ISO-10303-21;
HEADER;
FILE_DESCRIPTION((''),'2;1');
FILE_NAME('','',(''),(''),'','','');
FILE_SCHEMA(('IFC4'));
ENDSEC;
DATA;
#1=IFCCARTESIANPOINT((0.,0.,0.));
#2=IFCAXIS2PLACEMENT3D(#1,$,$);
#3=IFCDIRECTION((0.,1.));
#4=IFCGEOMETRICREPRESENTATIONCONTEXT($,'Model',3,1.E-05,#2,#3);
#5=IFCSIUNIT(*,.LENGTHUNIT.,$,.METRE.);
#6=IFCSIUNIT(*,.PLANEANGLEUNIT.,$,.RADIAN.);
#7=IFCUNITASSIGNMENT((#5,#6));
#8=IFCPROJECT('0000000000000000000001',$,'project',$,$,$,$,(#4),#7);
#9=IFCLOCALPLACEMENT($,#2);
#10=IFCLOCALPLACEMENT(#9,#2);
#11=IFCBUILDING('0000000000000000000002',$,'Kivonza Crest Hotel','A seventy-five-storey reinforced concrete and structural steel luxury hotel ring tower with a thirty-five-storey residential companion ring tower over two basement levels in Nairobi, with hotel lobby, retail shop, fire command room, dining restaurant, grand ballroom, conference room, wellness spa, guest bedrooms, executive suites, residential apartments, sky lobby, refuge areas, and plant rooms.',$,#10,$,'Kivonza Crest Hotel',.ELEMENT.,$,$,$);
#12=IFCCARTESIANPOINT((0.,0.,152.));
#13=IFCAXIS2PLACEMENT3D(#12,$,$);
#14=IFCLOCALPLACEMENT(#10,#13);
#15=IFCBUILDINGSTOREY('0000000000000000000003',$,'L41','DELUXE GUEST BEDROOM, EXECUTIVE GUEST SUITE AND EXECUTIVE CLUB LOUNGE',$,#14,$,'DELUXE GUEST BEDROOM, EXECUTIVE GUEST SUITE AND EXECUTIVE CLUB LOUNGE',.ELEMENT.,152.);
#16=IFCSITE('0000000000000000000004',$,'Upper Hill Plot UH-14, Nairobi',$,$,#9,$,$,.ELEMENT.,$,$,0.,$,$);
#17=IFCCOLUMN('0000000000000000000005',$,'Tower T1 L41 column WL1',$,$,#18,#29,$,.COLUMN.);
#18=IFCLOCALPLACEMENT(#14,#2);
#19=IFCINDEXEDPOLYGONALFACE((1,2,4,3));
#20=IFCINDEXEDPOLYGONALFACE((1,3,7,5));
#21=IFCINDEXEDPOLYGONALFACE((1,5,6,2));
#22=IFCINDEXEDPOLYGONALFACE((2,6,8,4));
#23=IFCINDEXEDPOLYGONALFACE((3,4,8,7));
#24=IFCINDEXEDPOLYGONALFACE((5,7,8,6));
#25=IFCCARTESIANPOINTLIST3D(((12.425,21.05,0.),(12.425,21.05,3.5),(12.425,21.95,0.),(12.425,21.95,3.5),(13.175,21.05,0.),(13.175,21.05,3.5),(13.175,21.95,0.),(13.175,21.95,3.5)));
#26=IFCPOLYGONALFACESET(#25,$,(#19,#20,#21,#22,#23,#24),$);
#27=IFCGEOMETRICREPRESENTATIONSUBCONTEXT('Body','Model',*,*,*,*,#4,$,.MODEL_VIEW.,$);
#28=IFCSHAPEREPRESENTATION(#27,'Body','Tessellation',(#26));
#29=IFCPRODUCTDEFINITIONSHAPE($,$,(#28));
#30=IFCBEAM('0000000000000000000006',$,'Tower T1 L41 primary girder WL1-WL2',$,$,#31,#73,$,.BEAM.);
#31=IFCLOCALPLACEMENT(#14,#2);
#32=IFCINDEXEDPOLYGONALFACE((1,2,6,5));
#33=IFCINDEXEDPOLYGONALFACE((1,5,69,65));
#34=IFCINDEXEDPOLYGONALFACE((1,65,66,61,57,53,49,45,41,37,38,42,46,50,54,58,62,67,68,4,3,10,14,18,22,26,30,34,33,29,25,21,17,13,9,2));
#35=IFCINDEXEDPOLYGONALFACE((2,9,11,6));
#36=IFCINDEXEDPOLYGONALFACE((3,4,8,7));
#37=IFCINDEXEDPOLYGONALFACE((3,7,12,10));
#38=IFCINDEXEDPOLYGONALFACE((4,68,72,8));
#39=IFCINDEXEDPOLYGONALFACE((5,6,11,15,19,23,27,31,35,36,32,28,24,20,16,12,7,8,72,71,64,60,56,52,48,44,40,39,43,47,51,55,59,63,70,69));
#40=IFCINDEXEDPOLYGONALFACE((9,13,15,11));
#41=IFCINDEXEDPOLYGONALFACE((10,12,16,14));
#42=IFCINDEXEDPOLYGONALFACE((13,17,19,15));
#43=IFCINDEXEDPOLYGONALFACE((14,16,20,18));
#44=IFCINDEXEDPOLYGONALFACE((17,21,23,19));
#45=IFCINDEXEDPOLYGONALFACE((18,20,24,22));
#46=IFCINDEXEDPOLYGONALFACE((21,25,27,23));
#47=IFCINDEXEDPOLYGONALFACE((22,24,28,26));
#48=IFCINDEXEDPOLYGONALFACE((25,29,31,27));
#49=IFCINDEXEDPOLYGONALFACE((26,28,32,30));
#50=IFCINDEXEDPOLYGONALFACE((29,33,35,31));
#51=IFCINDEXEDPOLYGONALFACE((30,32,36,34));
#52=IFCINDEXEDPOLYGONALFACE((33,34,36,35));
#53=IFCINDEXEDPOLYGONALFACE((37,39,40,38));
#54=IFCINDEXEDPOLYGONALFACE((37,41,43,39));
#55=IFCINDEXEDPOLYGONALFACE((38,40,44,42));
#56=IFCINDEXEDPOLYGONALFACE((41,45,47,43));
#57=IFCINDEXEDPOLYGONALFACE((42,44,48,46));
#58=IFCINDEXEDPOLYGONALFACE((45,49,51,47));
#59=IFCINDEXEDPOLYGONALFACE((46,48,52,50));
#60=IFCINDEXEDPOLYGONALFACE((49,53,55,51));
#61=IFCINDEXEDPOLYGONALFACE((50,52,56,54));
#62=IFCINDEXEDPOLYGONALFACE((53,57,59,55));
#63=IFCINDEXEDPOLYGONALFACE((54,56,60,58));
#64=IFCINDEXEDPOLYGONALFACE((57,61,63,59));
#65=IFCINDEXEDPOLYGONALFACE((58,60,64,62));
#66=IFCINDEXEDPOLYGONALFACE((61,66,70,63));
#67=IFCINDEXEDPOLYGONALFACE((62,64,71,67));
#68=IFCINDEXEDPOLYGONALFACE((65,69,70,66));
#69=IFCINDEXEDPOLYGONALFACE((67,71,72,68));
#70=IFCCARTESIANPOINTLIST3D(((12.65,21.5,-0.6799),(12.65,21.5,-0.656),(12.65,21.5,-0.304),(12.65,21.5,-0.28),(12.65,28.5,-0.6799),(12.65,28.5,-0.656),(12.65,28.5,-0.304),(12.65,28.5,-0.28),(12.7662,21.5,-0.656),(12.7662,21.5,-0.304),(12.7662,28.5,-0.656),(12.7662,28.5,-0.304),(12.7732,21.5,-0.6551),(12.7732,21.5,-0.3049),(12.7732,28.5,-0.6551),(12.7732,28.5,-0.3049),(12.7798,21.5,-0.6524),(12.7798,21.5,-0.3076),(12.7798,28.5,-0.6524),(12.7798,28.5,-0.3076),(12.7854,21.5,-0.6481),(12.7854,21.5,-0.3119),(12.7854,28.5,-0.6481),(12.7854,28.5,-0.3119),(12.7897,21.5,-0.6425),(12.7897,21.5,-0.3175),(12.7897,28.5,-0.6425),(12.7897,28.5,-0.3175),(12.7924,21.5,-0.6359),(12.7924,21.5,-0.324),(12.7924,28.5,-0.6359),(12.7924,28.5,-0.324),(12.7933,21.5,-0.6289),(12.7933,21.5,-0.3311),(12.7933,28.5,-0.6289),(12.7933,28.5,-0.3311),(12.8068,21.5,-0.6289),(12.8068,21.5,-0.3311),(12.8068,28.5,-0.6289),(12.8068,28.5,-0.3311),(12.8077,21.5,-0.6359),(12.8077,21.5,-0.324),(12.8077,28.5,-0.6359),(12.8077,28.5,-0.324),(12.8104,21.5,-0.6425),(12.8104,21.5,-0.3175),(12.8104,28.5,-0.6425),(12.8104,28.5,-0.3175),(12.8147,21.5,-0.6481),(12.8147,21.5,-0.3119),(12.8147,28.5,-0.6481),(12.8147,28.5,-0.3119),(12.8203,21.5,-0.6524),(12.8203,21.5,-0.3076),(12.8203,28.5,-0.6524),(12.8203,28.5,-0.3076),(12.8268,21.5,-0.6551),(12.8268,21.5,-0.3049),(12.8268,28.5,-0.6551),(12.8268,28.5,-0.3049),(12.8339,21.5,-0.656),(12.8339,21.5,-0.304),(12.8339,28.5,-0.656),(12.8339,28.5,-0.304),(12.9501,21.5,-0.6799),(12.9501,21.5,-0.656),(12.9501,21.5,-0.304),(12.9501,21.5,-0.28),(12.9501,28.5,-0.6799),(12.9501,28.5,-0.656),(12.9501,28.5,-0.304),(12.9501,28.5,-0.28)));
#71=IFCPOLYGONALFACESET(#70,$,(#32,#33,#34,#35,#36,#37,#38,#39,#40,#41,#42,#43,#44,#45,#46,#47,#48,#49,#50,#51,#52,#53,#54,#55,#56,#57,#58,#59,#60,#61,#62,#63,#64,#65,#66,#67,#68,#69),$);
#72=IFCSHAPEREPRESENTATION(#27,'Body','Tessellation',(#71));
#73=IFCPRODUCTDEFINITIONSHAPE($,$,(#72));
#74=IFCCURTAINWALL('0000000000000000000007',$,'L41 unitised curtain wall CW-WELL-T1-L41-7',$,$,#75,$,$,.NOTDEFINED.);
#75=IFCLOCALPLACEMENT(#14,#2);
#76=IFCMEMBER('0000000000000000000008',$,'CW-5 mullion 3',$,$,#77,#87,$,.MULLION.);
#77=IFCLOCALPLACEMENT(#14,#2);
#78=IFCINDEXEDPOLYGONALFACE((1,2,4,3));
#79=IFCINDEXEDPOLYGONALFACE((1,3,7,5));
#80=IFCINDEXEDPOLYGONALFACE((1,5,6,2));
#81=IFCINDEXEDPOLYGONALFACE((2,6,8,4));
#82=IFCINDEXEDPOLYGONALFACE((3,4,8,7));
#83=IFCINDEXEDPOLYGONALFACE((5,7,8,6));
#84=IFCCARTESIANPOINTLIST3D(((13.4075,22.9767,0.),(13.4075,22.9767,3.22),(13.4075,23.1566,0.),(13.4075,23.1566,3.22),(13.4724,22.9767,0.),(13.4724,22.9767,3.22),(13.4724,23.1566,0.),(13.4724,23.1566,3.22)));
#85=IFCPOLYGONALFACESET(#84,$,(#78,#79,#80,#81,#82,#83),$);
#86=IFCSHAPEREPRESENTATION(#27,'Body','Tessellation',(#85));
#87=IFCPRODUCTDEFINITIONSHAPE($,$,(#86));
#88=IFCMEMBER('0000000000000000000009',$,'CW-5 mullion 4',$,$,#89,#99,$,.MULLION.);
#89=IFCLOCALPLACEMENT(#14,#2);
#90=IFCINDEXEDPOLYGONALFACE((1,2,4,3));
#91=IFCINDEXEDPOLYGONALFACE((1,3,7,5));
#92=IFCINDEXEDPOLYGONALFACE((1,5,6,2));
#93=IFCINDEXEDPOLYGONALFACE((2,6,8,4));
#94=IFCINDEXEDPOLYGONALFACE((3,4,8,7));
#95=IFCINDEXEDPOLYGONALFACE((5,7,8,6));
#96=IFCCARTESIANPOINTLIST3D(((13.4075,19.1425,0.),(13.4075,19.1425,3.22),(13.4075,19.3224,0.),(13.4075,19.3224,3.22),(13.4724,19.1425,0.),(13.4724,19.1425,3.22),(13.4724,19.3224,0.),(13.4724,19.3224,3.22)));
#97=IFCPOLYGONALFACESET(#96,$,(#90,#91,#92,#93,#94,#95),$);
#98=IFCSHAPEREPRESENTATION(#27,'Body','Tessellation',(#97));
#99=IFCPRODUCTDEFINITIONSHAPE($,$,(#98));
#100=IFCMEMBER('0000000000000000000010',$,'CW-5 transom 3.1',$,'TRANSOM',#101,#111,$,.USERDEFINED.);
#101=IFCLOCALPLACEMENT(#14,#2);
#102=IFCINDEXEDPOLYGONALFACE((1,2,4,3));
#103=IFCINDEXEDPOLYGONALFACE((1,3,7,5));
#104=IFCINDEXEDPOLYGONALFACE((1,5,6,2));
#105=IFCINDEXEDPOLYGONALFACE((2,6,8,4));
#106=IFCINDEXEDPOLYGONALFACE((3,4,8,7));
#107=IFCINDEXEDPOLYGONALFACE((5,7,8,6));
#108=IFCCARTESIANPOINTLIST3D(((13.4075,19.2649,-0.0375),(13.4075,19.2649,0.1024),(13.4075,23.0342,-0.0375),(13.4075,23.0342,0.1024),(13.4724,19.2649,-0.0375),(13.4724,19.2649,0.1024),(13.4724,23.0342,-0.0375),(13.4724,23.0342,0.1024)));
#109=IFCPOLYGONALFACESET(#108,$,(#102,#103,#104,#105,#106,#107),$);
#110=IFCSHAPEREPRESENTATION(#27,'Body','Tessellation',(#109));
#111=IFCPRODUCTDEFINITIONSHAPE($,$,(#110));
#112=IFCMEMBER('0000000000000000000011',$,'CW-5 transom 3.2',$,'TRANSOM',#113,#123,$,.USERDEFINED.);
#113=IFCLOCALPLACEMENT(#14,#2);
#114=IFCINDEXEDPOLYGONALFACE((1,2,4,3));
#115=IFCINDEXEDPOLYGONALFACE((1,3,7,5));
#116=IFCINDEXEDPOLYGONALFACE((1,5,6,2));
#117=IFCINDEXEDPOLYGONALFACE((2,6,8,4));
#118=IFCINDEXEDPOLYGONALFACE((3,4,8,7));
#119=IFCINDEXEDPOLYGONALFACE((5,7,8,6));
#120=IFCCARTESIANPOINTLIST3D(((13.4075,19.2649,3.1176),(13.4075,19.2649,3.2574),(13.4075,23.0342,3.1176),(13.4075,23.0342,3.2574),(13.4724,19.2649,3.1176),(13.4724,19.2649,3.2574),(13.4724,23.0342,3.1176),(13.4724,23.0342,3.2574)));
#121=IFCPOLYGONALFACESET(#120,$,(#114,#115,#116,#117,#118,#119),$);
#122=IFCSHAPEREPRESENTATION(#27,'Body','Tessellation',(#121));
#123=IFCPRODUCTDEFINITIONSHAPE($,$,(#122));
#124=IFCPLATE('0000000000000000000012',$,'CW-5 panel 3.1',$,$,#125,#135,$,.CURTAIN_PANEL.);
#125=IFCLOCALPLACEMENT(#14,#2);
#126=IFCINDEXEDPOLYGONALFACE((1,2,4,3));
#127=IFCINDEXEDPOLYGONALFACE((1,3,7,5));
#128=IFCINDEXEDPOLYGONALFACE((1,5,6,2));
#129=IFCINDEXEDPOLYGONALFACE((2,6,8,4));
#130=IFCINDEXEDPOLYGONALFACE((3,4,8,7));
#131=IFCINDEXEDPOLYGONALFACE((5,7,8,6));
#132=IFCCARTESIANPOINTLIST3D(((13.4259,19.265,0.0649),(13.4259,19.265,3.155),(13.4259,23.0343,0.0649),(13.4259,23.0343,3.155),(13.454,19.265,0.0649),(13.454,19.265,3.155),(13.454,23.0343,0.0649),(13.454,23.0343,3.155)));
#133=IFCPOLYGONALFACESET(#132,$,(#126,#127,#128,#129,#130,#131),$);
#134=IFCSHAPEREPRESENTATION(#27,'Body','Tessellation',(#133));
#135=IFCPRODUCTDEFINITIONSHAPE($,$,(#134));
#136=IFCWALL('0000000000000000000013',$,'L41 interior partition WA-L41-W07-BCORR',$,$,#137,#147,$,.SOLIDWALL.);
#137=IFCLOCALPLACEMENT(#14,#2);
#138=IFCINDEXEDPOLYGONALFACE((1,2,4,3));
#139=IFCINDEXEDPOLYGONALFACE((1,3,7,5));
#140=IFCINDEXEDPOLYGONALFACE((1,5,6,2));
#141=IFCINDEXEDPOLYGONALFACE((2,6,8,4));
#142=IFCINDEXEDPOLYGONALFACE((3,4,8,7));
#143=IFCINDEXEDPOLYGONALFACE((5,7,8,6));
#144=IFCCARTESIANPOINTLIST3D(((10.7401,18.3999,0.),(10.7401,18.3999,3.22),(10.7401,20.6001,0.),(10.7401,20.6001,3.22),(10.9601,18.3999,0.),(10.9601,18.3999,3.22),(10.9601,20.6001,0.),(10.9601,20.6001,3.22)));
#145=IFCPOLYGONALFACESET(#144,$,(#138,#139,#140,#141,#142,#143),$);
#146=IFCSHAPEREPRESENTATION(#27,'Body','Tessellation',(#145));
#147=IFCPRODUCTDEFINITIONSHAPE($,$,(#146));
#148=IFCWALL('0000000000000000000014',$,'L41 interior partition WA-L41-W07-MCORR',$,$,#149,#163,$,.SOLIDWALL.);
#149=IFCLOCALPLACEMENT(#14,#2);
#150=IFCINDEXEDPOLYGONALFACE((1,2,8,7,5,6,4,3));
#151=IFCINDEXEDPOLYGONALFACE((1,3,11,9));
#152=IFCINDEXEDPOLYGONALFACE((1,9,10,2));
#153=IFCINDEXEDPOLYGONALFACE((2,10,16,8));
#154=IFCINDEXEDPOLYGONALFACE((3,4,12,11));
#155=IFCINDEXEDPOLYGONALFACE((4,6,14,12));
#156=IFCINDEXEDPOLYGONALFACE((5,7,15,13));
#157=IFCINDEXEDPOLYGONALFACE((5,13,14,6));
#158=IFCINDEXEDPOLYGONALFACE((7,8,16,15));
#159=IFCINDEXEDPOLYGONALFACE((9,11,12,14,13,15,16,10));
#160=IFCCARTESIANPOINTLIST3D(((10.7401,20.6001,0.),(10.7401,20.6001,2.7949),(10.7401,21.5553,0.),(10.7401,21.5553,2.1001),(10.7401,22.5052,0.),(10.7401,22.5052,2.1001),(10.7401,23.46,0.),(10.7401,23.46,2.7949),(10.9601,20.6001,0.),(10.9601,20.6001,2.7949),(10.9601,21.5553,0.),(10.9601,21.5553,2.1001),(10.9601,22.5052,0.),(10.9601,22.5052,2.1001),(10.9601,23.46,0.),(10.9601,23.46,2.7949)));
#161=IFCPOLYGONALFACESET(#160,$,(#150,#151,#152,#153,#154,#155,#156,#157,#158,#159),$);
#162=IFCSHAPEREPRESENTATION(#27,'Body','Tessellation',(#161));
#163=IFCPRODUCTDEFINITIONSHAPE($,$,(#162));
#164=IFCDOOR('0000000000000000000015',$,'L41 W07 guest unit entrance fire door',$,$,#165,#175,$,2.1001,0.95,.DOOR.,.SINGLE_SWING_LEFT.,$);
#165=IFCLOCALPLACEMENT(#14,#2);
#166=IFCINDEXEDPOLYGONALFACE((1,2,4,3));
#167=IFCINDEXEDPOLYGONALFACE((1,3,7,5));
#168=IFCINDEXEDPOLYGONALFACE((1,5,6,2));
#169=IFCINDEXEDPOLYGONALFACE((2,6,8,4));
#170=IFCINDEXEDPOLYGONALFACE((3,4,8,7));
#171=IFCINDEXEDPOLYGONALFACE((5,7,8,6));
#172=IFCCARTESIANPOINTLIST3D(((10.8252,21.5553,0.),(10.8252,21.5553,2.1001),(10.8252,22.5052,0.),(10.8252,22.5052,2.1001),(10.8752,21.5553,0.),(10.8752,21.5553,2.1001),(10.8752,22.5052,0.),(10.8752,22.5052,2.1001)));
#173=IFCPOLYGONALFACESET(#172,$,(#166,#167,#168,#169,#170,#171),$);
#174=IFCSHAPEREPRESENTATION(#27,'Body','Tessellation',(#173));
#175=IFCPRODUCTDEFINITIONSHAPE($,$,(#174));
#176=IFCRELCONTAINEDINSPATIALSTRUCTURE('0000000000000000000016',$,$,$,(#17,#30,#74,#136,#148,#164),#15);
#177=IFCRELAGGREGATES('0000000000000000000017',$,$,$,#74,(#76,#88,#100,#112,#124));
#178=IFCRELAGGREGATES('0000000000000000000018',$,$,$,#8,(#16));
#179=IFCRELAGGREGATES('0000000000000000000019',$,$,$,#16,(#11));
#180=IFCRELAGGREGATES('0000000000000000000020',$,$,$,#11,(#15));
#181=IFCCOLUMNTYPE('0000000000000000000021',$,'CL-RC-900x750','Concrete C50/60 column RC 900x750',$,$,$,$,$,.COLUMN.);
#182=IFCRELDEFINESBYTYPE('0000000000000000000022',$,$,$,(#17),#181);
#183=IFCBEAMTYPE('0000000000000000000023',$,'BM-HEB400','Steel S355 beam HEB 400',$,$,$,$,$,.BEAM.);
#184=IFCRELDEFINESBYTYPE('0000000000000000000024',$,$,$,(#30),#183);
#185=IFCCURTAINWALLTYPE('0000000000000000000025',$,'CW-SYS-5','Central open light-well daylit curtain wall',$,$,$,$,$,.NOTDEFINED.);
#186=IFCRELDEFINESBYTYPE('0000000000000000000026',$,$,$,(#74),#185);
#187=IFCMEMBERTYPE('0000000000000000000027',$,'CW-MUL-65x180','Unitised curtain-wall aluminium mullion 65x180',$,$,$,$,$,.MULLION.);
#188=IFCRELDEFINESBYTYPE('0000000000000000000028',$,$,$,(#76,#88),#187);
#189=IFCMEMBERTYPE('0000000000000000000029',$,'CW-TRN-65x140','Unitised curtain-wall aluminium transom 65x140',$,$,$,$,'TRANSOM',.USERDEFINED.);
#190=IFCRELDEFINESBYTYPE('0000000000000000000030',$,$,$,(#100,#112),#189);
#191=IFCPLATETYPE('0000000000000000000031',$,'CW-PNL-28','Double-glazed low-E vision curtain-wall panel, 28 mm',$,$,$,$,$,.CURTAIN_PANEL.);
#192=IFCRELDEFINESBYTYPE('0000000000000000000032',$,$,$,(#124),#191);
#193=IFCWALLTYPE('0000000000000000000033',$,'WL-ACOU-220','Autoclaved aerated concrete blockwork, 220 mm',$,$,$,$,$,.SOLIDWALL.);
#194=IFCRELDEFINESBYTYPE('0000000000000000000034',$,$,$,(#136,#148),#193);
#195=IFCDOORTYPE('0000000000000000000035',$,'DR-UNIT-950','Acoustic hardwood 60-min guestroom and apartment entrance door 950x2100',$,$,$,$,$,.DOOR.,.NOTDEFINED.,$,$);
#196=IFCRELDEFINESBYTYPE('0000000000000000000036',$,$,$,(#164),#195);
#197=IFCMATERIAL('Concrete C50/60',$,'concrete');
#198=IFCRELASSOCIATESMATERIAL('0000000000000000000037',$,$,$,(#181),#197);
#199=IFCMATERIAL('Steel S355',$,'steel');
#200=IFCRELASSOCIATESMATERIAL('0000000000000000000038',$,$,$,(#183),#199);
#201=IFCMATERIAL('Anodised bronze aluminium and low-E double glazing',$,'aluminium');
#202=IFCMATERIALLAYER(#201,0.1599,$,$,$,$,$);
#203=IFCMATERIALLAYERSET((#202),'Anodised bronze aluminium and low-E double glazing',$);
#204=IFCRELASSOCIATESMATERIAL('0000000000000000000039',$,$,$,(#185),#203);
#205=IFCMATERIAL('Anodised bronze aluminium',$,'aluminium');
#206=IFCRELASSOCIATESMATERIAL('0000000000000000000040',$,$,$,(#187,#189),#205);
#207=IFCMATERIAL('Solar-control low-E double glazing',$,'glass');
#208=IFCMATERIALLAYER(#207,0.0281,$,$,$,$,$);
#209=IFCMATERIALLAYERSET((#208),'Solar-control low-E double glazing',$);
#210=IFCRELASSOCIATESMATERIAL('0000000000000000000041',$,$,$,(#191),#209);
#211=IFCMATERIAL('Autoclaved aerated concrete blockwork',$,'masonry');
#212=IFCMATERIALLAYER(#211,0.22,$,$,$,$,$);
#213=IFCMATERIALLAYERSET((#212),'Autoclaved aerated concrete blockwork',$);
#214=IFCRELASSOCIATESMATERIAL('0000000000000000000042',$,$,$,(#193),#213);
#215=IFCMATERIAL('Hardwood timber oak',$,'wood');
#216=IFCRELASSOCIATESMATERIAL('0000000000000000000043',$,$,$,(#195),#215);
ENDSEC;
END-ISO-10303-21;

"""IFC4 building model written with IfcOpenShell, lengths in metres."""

from ifc_helpers import new_model, si_unit, direction, frame, frame_2d, origin, origin_2d, place, context, subcontext, project, spatial, rectangle, i_section, extrude, material, layer, layer_set, material_profile, profile_set, type_object, element, fill, aggregate, save


model = new_model("IFC4")

# Units and contexts
model_context = context("Model", 3, precision=1e-05, world=origin(), true_north=direction((0.0, 1.0)))
body_context = subcontext(model_context, "Body", "Model", "MODEL_VIEW")
ifc_project = project(units=[si_unit("LENGTHUNIT", "METRE"), si_unit("PLANEANGLEUNIT", "RADIAN")], contexts=[model_context])

# Site, building, storey
site_placement = place(None, origin())
site = spatial("IfcSite", under=ifc_project, at=site_placement, Name="Upper Hill Plot UH-14, Nairobi", CompositionType="ELEMENT", RefElevation=0.0)
building_placement = place(site_placement, origin())
building = spatial("IfcBuilding", under=site, at=building_placement, Name="Kivonza Crest Hotel", Description="A seventy-five-storey reinforced concrete and structural steel luxury hotel ring tower with a thirty-five-storey residential companion ring tower over two basement levels in Nairobi, with hotel lobby, retail shop, fire command room, dining restaurant, grand ballroom, conference room, wellness spa, guest bedrooms, executive suites, residential apartments, sky lobby, refuge areas, and plant rooms.", LongName="Kivonza Crest Hotel", CompositionType="ELEMENT")
storey_placement = place(building_placement, frame((0.0, 0.0, 152.0)))
storey = spatial("IfcBuildingStorey", under=building, at=storey_placement, Name="L41", Description="DELUXE GUEST BEDROOM, EXECUTIVE GUEST SUITE AND EXECUTIVE CLUB LOUNGE", LongName="DELUXE GUEST BEDROOM, EXECUTIVE GUEST SUITE AND EXECUTIVE CLUB LOUNGE", CompositionType="ELEMENT", Elevation=152.0)

# Column
ifc_material_1 = material(Name="Concrete C50/60", Category="concrete")
ifc_material_profile_1 = material_profile(ifc_material_1, rectangle(XDim=0.75, YDim=0.8999, at=origin_2d()), Name="RC 900x750")
ifc_profile_set_1 = profile_set([ifc_material_profile_1], Name="Concrete C50/60")
column_type = type_object("IfcColumnType", Name="CL-RC-900x750", Description="Concrete C50/60 column RC 900x750", PredefinedType="COLUMN", material=ifc_profile_set_1)
column_placement = place(storey_placement, frame((12.8, 21.5, 0.0), z_axis=(0.0, 0.0, 1.0), x_axis=(1.0, 0.0, 0.0)))
element("IfcColumn", 1, at=column_placement, inside=storey, type_object=column_type, Name="Tower T1 L41 column WL1", PredefinedType="COLUMN", context=body_context, shape_type="SweptSolid", body=[
    extrude(rectangle(XDim=0.75, YDim=0.8999, at=origin_2d()), origin(), (0.0, 0.0, 1.0), 3.5),
])

# Beam
ifc_material_2 = material(Name="Steel S355", Category="steel")
ifc_material_profile_2 = material_profile(ifc_material_2, i_section(OverallWidth=0.3, OverallDepth=0.3999, WebThickness=0.0134, FlangeThickness=0.0239, FilletRadius=0.0271, at=origin_2d()), Name="HEB 400")
ifc_profile_set_2 = profile_set([ifc_material_profile_2], Name="Steel S355")
beam_type = type_object("IfcBeamType", Name="BM-HEB400", Description="Steel S355 beam HEB 400", PredefinedType="BEAM", material=ifc_profile_set_2)
beam_placement = place(storey_placement, frame((12.8, 21.5, -0.48), z_axis=(0.0, 1.0, 0.0), x_axis=(-1.0, 0.0, 0.0)))
element("IfcBeam", 2, at=beam_placement, inside=storey, type_object=beam_type, Name="Tower T1 L41 primary girder WL1-WL2", PredefinedType="BEAM", context=body_context, shape_type="SweptSolid", body=[
    extrude(i_section(OverallWidth=0.3, OverallDepth=0.3999, WebThickness=0.0134, FlangeThickness=0.0239, FilletRadius=0.0271, at=origin_2d()), origin(), (0.0, 0.0, 1.0), 7.0),
])

# Curtain wall, members, plate
ifc_material_3 = material(Name="Anodised bronze aluminium and low-E double glazing", Category="aluminium")
ifc_layer_1 = layer(ifc_material_3, 0.1599)
ifc_layer_set_1 = layer_set([ifc_layer_1], Name="Anodised bronze aluminium and low-E double glazing")
curtain_wall_type = type_object("IfcCurtainWallType", Name="CW-SYS-5", Description="Central open light-well daylit curtain wall", PredefinedType="NOTDEFINED", material=ifc_layer_set_1)
curtain_wall_placement = place(storey_placement, origin())
curtain_wall = element("IfcCurtainWall", 3, at=curtain_wall_placement, inside=storey, type_object=curtain_wall_type, Name="L41 unitised curtain wall CW-WELL-T1-L41-7", PredefinedType="NOTDEFINED")
ifc_material_4 = material(Name="Anodised bronze aluminium", Category="aluminium")
ifc_material_profile_3 = material_profile(ifc_material_4, rectangle(XDim=0.0649, YDim=0.1799, at=origin_2d()), Name="CW-M 65x180")
ifc_profile_set_3 = profile_set([ifc_material_profile_3], Name="Anodised bronze aluminium")
member_type_1 = type_object("IfcMemberType", Name="CW-MUL-65x180", Description="Unitised curtain-wall aluminium mullion 65x180", PredefinedType="MULLION", material=ifc_profile_set_3)
member_1_placement = place(storey_placement, frame((13.4399, 23.0667, 0.0), z_axis=(0.0, 0.0, 1.0), x_axis=(1.0, 0.0, 0.0)))
member_1 = element("IfcMember", 4, at=member_1_placement, type_object=member_type_1, Name="CW-5 mullion 3", PredefinedType="MULLION", context=body_context, shape_type="SweptSolid", body=[
    extrude(rectangle(XDim=0.0649, YDim=0.1799, at=origin_2d()), origin(), (0.0, 0.0, 1.0), 3.22),
])
member_2_placement = place(storey_placement, frame((13.4399, 19.2324, 0.0), z_axis=(0.0, 0.0, 1.0), x_axis=(1.0, 0.0, 0.0)))
member_2 = element("IfcMember", 5, at=member_2_placement, type_object=member_type_1, Name="CW-5 mullion 4", PredefinedType="MULLION", context=body_context, shape_type="SweptSolid", body=[
    extrude(rectangle(XDim=0.0649, YDim=0.1799, at=origin_2d()), origin(), (0.0, 0.0, 1.0), 3.22),
])
ifc_material_profile_4 = material_profile(ifc_material_4, rectangle(XDim=0.0649, YDim=0.1399, at=origin_2d()), Name="CW-T 65x140")
ifc_profile_set_4 = profile_set([ifc_material_profile_4], Name="Anodised bronze aluminium")
member_type_2 = type_object("IfcMemberType", Name="CW-TRN-65x140", Description="Unitised curtain-wall aluminium transom 65x140", ElementType="TRANSOM", PredefinedType="USERDEFINED", material=ifc_profile_set_4)
member_3_placement = place(storey_placement, frame((13.4399, 23.0342, 0.0325), z_axis=(0.0, -1.0, 0.0), x_axis=(1.0, 0.0, 0.0)))
member_3 = element("IfcMember", 6, at=member_3_placement, type_object=member_type_2, Name="CW-5 transom 3.1", ObjectType="TRANSOM", PredefinedType="USERDEFINED", context=body_context, shape_type="SweptSolid", body=[
    extrude(rectangle(XDim=0.0649, YDim=0.1399, at=origin_2d()), origin(), (0.0, 0.0, 1.0), 3.7693),
])
member_4_placement = place(storey_placement, frame((13.4399, 23.0342, 3.1875), z_axis=(0.0, -1.0, 0.0), x_axis=(1.0, 0.0, 0.0)))
member_4 = element("IfcMember", 7, at=member_4_placement, type_object=member_type_2, Name="CW-5 transom 3.2", ObjectType="TRANSOM", PredefinedType="USERDEFINED", context=body_context, shape_type="SweptSolid", body=[
    extrude(rectangle(XDim=0.0649, YDim=0.1399, at=origin_2d()), origin(), (0.0, 0.0, 1.0), 3.7693),
])
ifc_material_5 = material(Name="Solar-control low-E double glazing", Category="glass")
ifc_layer_2 = layer(ifc_material_5, 0.0281)
ifc_layer_set_2 = layer_set([ifc_layer_2], Name="Solar-control low-E double glazing")
plate_type = type_object("IfcPlateType", Name="CW-PNL-28", Description="Double-glazed low-E vision curtain-wall panel, 28 mm", PredefinedType="CURTAIN_PANEL", material=ifc_layer_set_2)
plate_placement = place(storey_placement, frame((13.4399, 21.1497, 0.0649), z_axis=(0.0, 0.0, 1.0), x_axis=(0.0, -1.0, 0.0)))
plate = element("IfcPlate", 8, at=plate_placement, type_object=plate_type, Name="CW-5 panel 3.1", PredefinedType="CURTAIN_PANEL", context=body_context, shape_type="SweptSolid", body=[
    extrude(rectangle(XDim=3.7693, YDim=0.0281, at=origin_2d()), origin(), (0.0, 0.0, 1.0), 3.0901),
])
aggregate(curtain_wall, [member_1, member_2, member_3, member_4, plate])

# Wall
ifc_material_6 = material(Name="Autoclaved aerated concrete blockwork", Category="masonry")
ifc_layer_3 = layer(ifc_material_6, 0.22)
ifc_layer_set_3 = layer_set([ifc_layer_3], Name="Autoclaved aerated concrete blockwork")
wall_type_1 = type_object("IfcWallType", Name="WL-ACOU-220", Description="Autoclaved aerated concrete blockwork, 220 mm", PredefinedType="SOLIDWALL", material=ifc_layer_set_3)
wall_1_placement = place(storey_placement, frame((10.8501, 18.3999, 0.0), z_axis=(0.0, 0.0, 1.0), x_axis=(0.0, 1.0, 0.0)))
element("IfcWall", 9, at=wall_1_placement, inside=storey, type_object=wall_type_1, Name="L41 interior partition WA-L41-W07-BCORR", PredefinedType="SOLIDWALL", context=body_context, shape_type="SweptSolid", body=[
    extrude(rectangle(XDim=2.2002, YDim=0.22, at=frame_2d((1.1001, 0.0))), origin(), (0.0, 0.0, 1.0), 3.22),
])

# Wall, opening, door
wall_2_placement = place(storey_placement, frame((10.8501, 20.6001, 0.0), z_axis=(0.0, 0.0, 1.0), x_axis=(0.0, 1.0, 0.0)))
wall_2 = element("IfcWall", 10, at=wall_2_placement, inside=storey, type_object=wall_type_1, Name="L41 interior partition WA-L41-W07-MCORR", PredefinedType="SOLIDWALL", context=body_context, shape_type="SweptSolid", body=[
    extrude(rectangle(XDim=2.8599, YDim=0.22, at=frame_2d((1.4299, 0.0))), origin(), (0.0, 0.0, 1.0), 2.7949),
])
opening_1_placement = place(wall_2_placement, frame((0.9551, 0.0, 0.0)))
opening_1 = element("IfcOpeningElement", 11, at=opening_1_placement, cuts=wall_2, PredefinedType="OPENING", context=body_context, shape_type="SweptSolid", body=[
    extrude(rectangle(XDim=0.95, YDim=2.1001, at=frame_2d((0.4751, 1.05))), frame((0.0, 0.1201, 0.0), z_axis=(0.0, -1.0, 0.0), x_axis=(1.0, 0.0, 0.0)), (0.0, 0.0, 1.0), 0.24),
])
ifc_material_7 = material(Name="Hardwood timber oak", Category="wood")
door_type_1 = type_object("IfcDoorType", Name="DR-UNIT-950", Description="Acoustic hardwood 60-min guestroom and apartment entrance door 950x2100", OperationType="NOTDEFINED", PredefinedType="DOOR", material=ifc_material_7)
door_1_placement = place(opening_1_placement, origin())
door_1 = element("IfcDoor", 12, at=door_1_placement, inside=storey, type_object=door_type_1, Name="L41 W07 guest unit entrance fire door", OperationType="SINGLE_SWING_LEFT", OverallHeight=2.1001, OverallWidth=0.95, PredefinedType="DOOR", context=body_context, shape_type="SweptSolid", body=[
    extrude(rectangle(XDim=0.95, YDim=2.1001, at=frame_2d((0.4751, 1.05))), frame((0.0, 0.0249, 0.0), z_axis=(0.0, -1.0, 0.0), x_axis=(1.0, 0.0, 0.0)), (0.0, 0.0, 1.0), 0.05),
])
fill(opening_1, door_1)

save(model, "model.ifc")
